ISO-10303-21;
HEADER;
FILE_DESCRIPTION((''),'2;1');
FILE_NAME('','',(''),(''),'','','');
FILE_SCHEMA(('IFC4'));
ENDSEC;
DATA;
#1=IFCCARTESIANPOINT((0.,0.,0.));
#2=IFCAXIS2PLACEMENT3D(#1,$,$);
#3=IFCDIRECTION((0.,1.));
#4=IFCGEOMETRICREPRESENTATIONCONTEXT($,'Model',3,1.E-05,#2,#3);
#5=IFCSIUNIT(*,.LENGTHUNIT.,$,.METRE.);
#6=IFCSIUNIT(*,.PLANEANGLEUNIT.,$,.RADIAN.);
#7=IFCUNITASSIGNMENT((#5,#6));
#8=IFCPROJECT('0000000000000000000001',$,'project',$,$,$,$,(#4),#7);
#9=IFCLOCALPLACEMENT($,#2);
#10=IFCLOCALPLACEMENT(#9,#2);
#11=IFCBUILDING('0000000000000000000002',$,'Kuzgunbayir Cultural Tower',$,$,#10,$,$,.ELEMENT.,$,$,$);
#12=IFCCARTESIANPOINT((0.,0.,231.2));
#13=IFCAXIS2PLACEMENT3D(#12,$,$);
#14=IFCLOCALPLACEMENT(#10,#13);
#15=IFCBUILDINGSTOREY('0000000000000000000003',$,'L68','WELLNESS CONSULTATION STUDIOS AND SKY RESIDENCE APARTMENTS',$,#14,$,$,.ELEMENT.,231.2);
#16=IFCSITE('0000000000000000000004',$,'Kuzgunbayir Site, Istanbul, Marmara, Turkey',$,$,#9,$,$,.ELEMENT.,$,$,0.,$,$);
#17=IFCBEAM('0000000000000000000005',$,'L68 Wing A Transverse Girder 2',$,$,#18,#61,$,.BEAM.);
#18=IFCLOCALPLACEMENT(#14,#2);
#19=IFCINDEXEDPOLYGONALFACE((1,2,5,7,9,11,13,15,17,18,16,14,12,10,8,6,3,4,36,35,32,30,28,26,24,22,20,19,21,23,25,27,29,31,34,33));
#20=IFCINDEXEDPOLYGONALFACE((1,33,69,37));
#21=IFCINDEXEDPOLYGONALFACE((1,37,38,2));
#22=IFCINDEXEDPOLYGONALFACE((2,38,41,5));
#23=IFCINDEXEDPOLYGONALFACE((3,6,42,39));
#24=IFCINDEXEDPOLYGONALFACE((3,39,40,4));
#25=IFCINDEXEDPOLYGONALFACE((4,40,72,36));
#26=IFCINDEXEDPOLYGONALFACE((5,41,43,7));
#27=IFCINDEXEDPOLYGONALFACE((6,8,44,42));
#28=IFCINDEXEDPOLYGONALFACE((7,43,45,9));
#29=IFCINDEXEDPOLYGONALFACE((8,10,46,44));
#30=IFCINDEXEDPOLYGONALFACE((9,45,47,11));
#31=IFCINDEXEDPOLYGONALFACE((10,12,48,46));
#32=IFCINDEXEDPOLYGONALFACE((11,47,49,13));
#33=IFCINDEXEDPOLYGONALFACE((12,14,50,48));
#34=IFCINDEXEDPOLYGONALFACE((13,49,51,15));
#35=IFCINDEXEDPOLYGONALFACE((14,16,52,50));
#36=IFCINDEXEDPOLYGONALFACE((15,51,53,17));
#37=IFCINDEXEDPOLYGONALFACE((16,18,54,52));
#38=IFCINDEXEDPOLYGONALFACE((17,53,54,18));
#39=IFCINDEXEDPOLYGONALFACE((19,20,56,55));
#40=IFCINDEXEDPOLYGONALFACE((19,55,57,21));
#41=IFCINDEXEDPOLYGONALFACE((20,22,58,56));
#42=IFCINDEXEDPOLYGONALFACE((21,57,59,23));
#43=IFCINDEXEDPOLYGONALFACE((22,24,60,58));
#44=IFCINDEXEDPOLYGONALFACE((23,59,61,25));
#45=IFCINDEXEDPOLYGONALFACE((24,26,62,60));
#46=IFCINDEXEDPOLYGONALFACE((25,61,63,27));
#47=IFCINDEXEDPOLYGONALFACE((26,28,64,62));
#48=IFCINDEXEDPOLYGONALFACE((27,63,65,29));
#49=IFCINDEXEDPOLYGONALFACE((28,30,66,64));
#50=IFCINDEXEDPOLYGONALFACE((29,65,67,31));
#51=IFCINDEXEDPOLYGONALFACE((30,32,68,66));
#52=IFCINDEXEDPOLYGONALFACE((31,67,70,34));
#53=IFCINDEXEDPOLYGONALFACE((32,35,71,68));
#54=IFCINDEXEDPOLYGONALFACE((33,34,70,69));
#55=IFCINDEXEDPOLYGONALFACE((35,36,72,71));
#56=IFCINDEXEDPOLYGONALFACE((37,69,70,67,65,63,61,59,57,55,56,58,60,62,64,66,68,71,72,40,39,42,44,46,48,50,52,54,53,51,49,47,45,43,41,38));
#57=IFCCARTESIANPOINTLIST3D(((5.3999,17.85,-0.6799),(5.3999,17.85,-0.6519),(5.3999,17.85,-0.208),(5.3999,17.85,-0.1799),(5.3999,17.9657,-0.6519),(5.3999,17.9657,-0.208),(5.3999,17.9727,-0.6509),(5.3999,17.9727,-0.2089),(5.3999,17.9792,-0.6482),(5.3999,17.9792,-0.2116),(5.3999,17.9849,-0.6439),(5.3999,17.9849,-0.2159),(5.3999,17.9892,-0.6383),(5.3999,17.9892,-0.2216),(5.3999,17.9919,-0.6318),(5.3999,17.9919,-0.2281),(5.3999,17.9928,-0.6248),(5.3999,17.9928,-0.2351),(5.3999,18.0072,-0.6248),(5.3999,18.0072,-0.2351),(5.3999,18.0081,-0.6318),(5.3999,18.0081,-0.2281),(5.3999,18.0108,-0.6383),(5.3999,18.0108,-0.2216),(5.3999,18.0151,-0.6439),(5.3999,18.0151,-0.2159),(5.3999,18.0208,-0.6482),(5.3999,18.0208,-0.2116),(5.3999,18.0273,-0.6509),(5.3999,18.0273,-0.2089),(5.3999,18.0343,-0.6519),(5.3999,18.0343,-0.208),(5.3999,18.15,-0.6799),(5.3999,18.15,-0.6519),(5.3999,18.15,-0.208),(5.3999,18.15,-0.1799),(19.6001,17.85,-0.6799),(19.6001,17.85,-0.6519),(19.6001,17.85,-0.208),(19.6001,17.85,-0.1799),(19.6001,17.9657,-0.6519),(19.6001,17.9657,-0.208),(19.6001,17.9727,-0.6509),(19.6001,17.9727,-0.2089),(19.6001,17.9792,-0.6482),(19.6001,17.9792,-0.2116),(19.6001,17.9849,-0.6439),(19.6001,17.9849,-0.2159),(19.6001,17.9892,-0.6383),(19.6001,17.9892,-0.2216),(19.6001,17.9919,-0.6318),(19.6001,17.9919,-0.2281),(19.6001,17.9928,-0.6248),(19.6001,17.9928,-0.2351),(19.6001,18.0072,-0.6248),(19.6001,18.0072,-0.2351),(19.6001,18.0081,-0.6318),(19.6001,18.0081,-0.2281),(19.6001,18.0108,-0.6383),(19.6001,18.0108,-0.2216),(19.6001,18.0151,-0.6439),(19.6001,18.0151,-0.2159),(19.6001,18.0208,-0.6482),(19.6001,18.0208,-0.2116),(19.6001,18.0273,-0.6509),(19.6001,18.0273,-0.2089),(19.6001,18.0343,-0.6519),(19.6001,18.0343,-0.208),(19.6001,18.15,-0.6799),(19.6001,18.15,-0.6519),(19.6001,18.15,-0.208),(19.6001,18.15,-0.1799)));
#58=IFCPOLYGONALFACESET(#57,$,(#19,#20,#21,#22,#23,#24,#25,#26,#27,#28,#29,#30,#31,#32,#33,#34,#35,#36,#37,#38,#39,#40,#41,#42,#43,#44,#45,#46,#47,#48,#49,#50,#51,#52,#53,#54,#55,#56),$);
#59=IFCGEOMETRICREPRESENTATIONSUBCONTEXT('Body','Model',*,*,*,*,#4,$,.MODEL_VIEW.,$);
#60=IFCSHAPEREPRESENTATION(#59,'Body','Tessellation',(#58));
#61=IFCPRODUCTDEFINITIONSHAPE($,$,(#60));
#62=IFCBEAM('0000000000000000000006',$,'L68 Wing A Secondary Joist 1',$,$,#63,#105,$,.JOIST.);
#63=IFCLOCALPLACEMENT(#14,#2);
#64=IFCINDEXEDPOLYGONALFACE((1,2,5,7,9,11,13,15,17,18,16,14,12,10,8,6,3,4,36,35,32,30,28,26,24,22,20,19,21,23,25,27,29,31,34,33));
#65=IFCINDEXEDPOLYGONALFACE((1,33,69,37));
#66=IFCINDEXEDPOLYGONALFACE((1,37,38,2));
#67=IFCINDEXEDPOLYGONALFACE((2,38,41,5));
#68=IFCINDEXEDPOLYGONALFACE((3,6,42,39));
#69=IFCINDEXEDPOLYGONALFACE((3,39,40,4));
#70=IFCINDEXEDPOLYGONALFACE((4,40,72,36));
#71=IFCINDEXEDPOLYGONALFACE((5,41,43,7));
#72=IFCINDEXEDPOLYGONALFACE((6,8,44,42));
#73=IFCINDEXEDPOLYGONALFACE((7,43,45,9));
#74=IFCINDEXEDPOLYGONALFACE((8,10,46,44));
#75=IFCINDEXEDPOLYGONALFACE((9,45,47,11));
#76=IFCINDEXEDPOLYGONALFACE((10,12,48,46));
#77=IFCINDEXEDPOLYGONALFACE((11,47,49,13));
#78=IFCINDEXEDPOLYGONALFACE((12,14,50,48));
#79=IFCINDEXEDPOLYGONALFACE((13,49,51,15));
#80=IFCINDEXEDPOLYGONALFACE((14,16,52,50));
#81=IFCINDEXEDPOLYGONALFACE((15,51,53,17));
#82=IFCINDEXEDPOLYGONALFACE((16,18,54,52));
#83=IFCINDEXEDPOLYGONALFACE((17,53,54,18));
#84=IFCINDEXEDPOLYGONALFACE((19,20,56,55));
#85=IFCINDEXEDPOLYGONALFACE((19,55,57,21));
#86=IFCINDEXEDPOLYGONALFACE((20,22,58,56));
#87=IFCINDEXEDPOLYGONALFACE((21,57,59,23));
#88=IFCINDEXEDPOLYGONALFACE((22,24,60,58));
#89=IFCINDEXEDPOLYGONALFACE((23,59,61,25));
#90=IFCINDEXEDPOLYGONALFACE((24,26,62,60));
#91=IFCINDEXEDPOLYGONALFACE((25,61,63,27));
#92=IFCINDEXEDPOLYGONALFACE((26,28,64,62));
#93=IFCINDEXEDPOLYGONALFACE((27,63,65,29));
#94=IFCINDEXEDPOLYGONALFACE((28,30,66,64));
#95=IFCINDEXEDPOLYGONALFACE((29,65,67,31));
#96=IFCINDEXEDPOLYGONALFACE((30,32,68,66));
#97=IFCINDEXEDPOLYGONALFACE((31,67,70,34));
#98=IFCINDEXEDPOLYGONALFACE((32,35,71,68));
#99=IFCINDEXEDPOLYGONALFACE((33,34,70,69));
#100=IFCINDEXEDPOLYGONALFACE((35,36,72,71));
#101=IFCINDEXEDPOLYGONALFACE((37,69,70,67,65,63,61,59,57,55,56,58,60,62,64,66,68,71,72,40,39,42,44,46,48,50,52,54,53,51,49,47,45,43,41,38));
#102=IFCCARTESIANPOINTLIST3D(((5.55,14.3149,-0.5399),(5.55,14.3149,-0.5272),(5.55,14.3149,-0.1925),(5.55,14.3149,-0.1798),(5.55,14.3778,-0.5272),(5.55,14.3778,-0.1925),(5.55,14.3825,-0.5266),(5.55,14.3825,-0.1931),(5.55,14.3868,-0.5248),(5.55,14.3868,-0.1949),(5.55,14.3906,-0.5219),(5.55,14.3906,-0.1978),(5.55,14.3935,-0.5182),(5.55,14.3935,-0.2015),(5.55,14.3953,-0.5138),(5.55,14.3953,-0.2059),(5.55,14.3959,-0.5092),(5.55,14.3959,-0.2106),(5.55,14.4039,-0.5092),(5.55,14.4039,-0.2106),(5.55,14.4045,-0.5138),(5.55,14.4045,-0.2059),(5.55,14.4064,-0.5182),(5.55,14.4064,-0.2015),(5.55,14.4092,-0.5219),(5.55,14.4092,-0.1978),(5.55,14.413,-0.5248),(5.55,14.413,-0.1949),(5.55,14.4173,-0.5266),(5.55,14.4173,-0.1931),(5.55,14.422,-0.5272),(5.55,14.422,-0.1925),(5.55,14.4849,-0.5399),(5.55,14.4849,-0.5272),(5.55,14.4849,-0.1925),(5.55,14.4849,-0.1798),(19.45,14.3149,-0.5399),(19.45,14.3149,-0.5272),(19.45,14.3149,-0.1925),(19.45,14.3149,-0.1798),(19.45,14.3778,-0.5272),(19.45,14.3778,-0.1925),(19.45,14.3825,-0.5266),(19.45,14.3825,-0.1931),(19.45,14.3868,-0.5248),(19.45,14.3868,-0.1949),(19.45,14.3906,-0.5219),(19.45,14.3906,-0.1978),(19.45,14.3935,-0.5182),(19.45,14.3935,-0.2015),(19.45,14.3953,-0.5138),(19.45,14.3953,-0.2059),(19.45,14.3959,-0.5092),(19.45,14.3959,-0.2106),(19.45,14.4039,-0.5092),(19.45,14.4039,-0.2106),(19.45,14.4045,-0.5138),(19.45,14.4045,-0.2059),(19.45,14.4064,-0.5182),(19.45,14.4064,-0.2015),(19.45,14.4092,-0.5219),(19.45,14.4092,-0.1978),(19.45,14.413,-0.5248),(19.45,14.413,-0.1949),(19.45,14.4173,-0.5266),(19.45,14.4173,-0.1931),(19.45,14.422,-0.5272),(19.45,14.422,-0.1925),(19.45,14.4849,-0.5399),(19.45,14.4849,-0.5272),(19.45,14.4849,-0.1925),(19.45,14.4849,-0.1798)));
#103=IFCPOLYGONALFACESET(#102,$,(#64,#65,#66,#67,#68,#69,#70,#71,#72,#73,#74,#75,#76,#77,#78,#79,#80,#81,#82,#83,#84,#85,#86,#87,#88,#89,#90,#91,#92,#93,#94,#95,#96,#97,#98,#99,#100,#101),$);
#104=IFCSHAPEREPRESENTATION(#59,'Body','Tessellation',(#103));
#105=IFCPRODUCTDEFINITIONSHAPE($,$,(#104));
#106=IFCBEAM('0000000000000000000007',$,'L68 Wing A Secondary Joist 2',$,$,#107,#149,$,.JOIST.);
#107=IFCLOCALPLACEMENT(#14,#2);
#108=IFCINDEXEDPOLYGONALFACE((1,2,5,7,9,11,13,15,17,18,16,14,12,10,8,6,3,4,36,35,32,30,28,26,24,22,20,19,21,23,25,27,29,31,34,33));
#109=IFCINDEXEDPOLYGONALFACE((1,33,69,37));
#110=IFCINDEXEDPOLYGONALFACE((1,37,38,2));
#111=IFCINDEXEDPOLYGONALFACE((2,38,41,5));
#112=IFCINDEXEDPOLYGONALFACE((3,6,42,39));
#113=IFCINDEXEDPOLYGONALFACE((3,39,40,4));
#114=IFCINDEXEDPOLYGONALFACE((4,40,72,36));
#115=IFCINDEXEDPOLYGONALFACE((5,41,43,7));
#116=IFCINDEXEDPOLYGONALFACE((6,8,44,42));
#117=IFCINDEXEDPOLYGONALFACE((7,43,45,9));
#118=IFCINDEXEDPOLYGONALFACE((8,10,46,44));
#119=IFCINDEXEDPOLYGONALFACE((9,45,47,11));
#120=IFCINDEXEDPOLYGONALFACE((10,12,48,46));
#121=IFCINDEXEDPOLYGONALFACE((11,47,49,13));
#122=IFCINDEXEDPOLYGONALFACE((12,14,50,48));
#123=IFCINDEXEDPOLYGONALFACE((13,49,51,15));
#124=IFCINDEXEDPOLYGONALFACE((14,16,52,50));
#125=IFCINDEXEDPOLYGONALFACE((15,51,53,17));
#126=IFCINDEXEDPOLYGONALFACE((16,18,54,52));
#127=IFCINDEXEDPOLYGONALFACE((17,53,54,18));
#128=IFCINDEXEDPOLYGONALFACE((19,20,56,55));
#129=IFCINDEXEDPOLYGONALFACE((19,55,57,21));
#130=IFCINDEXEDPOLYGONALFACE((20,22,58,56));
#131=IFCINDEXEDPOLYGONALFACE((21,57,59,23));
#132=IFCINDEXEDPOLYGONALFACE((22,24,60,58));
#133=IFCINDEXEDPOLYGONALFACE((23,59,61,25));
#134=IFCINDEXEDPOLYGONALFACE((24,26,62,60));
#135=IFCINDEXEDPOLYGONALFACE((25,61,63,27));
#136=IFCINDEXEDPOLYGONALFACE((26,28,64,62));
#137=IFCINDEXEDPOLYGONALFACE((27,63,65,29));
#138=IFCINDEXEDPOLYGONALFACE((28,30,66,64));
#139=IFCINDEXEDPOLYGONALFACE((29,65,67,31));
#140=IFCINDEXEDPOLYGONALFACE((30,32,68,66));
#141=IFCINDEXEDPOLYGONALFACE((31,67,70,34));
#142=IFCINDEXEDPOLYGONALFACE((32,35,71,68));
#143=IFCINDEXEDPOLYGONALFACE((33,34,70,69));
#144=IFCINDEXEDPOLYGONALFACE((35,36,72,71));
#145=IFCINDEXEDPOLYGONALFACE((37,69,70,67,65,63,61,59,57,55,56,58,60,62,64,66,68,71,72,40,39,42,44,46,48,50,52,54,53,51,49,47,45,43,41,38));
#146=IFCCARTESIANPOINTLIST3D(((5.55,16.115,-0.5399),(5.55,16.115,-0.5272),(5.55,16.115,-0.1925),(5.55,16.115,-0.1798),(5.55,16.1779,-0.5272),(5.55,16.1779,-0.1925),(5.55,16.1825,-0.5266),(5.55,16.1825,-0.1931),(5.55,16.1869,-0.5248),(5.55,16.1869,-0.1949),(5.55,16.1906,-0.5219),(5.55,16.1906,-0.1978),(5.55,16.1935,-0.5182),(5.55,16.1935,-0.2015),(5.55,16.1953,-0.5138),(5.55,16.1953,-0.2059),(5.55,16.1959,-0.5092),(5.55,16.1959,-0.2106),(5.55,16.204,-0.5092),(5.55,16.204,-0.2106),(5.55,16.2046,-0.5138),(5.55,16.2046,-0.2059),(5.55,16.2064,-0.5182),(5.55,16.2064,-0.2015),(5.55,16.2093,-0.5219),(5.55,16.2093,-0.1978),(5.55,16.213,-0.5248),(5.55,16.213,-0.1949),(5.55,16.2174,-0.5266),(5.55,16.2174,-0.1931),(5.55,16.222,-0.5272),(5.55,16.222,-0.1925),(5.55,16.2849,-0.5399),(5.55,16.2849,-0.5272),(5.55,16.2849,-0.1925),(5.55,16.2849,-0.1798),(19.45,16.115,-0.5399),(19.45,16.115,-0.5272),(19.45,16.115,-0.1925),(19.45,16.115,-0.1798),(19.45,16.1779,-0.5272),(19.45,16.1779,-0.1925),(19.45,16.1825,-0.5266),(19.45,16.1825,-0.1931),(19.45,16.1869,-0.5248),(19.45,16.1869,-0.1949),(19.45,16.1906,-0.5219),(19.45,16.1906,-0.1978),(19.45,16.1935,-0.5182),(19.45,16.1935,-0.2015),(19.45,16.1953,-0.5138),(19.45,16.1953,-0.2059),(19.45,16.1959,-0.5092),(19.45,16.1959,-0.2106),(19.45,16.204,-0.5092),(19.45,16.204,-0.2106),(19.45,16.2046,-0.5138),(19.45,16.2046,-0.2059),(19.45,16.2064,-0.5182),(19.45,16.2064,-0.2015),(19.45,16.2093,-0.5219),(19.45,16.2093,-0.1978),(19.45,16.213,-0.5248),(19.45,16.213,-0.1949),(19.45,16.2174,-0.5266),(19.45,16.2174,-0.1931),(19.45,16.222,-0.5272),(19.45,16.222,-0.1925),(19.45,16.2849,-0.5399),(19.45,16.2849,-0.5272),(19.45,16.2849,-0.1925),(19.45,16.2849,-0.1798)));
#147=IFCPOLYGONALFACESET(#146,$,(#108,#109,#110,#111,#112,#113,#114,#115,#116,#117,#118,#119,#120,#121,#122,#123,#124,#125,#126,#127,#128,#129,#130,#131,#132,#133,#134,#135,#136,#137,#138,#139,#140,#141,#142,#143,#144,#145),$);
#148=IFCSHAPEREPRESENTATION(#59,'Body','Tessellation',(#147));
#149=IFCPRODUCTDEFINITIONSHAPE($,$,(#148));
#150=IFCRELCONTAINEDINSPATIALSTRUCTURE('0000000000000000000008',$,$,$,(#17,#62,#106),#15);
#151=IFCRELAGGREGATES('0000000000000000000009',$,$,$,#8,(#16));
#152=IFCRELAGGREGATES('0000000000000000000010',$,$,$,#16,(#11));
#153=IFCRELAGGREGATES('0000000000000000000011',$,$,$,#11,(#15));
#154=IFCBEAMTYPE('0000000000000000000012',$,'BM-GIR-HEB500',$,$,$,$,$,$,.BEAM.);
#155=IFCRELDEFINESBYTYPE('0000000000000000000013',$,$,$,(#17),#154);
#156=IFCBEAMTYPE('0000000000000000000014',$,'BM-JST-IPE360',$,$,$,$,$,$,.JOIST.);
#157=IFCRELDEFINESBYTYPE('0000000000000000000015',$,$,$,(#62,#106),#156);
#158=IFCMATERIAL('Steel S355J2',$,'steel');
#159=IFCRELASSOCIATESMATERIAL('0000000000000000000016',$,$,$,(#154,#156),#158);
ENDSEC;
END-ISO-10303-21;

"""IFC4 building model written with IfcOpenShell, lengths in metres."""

from ifc_helpers import new_model, si_unit, direction, frame, origin, origin_2d, place, context, subcontext, project, spatial, i_section, extrude, material, material_profile, profile_set, type_object, element, save


model = new_model("IFC4")

# Units and contexts
model_context = context("Model", 3, precision=1e-05, world=origin(), true_north=direction((0.0, 1.0)))
body_context = subcontext(model_context, "Body", "Model", "MODEL_VIEW")
ifc_project = project(units=[si_unit("LENGTHUNIT", "METRE"), si_unit("PLANEANGLEUNIT", "RADIAN")], contexts=[model_context])

# Site, building, storey
site_placement = place(None, origin())
site = spatial("IfcSite", under=ifc_project, at=site_placement, Name="Kuzgunbayir Site, Istanbul, Marmara, Turkey", CompositionType="ELEMENT", RefElevation=0.0)
building_placement = place(site_placement, origin())
building = spatial("IfcBuilding", under=site, at=building_placement, Name="Kuzgunbayir Cultural Tower", CompositionType="ELEMENT")
storey_placement = place(building_placement, frame((0.0, 0.0, 231.2)))
storey = spatial("IfcBuildingStorey", under=building, at=storey_placement, Name="L68", Description="WELLNESS CONSULTATION STUDIOS AND SKY RESIDENCE APARTMENTS", CompositionType="ELEMENT", Elevation=231.2)

# Beams
ifc_material_1 = material(Name="Steel S355J2", Category="steel")
ifc_material_profile_1 = material_profile(ifc_material_1, i_section(OverallWidth=0.3, OverallDepth=0.5, WebThickness=0.0144, FlangeThickness=0.0281, FilletRadius=0.0271, at=origin_2d()), Name="HEB 500")
ifc_profile_set_1 = profile_set([ifc_material_profile_1], Name="Steel S355J2")
beam_type_1 = type_object("IfcBeamType", Name="BM-GIR-HEB500", PredefinedType="BEAM", material=ifc_profile_set_1)
beam_placement = place(storey_placement, frame((5.3999, 18.0, -0.4299), z_axis=(1.0, 0.0, 0.0), x_axis=(0.0, 1.0, 0.0)))
element("IfcBeam", 1, at=beam_placement, inside=storey, type_object=beam_type_1, Name="L68 Wing A Transverse Girder 2", PredefinedType="BEAM", context=body_context, shape_type="SweptSolid", body=[
    extrude(i_section(OverallWidth=0.3, OverallDepth=0.5, WebThickness=0.0144, FlangeThickness=0.0281, FilletRadius=0.0271, at=origin_2d()), origin(), (0.0, 0.0, 1.0), 14.2002),
])
ifc_material_profile_2 = material_profile(ifc_material_1, i_section(OverallWidth=0.1699, OverallDepth=0.3601, WebThickness=0.0081, FlangeThickness=0.0127, FilletRadius=0.0181, at=origin_2d()), Name="IPE 360")
ifc_profile_set_2 = profile_set([ifc_material_profile_2], Name="Steel S355J2")
beam_type_2 = type_object("IfcBeamType", Name="BM-JST-IPE360", PredefinedType="JOIST", material=ifc_profile_set_2)
for number, where, z_axis, x_axis, name in (
    (2, (5.55, 14.3999, -0.3599), (1.0, 0.0, 0.0), (0.0, 1.0, 0.0), "L68 Wing A Secondary Joist 1"),
    (3, (5.55, 16.2, -0.3599), (1.0, 0.0, 0.0), (0.0, 1.0, 0.0), "L68 Wing A Secondary Joist 2"),
):
    element("IfcBeam", number, at=place(storey_placement, frame(where, z_axis=z_axis, x_axis=x_axis)), inside=storey, type_object=beam_type_2, Name=name, PredefinedType="JOIST", context=body_context, shape_type="SweptSolid", body=[
        extrude(i_section(OverallWidth=0.1699, OverallDepth=0.3601, WebThickness=0.0081, FlangeThickness=0.0127, FilletRadius=0.0181, at=origin_2d()), origin(), (0.0, 0.0, 1.0), 13.8999),
    ])

save(model, "model.ifc")
